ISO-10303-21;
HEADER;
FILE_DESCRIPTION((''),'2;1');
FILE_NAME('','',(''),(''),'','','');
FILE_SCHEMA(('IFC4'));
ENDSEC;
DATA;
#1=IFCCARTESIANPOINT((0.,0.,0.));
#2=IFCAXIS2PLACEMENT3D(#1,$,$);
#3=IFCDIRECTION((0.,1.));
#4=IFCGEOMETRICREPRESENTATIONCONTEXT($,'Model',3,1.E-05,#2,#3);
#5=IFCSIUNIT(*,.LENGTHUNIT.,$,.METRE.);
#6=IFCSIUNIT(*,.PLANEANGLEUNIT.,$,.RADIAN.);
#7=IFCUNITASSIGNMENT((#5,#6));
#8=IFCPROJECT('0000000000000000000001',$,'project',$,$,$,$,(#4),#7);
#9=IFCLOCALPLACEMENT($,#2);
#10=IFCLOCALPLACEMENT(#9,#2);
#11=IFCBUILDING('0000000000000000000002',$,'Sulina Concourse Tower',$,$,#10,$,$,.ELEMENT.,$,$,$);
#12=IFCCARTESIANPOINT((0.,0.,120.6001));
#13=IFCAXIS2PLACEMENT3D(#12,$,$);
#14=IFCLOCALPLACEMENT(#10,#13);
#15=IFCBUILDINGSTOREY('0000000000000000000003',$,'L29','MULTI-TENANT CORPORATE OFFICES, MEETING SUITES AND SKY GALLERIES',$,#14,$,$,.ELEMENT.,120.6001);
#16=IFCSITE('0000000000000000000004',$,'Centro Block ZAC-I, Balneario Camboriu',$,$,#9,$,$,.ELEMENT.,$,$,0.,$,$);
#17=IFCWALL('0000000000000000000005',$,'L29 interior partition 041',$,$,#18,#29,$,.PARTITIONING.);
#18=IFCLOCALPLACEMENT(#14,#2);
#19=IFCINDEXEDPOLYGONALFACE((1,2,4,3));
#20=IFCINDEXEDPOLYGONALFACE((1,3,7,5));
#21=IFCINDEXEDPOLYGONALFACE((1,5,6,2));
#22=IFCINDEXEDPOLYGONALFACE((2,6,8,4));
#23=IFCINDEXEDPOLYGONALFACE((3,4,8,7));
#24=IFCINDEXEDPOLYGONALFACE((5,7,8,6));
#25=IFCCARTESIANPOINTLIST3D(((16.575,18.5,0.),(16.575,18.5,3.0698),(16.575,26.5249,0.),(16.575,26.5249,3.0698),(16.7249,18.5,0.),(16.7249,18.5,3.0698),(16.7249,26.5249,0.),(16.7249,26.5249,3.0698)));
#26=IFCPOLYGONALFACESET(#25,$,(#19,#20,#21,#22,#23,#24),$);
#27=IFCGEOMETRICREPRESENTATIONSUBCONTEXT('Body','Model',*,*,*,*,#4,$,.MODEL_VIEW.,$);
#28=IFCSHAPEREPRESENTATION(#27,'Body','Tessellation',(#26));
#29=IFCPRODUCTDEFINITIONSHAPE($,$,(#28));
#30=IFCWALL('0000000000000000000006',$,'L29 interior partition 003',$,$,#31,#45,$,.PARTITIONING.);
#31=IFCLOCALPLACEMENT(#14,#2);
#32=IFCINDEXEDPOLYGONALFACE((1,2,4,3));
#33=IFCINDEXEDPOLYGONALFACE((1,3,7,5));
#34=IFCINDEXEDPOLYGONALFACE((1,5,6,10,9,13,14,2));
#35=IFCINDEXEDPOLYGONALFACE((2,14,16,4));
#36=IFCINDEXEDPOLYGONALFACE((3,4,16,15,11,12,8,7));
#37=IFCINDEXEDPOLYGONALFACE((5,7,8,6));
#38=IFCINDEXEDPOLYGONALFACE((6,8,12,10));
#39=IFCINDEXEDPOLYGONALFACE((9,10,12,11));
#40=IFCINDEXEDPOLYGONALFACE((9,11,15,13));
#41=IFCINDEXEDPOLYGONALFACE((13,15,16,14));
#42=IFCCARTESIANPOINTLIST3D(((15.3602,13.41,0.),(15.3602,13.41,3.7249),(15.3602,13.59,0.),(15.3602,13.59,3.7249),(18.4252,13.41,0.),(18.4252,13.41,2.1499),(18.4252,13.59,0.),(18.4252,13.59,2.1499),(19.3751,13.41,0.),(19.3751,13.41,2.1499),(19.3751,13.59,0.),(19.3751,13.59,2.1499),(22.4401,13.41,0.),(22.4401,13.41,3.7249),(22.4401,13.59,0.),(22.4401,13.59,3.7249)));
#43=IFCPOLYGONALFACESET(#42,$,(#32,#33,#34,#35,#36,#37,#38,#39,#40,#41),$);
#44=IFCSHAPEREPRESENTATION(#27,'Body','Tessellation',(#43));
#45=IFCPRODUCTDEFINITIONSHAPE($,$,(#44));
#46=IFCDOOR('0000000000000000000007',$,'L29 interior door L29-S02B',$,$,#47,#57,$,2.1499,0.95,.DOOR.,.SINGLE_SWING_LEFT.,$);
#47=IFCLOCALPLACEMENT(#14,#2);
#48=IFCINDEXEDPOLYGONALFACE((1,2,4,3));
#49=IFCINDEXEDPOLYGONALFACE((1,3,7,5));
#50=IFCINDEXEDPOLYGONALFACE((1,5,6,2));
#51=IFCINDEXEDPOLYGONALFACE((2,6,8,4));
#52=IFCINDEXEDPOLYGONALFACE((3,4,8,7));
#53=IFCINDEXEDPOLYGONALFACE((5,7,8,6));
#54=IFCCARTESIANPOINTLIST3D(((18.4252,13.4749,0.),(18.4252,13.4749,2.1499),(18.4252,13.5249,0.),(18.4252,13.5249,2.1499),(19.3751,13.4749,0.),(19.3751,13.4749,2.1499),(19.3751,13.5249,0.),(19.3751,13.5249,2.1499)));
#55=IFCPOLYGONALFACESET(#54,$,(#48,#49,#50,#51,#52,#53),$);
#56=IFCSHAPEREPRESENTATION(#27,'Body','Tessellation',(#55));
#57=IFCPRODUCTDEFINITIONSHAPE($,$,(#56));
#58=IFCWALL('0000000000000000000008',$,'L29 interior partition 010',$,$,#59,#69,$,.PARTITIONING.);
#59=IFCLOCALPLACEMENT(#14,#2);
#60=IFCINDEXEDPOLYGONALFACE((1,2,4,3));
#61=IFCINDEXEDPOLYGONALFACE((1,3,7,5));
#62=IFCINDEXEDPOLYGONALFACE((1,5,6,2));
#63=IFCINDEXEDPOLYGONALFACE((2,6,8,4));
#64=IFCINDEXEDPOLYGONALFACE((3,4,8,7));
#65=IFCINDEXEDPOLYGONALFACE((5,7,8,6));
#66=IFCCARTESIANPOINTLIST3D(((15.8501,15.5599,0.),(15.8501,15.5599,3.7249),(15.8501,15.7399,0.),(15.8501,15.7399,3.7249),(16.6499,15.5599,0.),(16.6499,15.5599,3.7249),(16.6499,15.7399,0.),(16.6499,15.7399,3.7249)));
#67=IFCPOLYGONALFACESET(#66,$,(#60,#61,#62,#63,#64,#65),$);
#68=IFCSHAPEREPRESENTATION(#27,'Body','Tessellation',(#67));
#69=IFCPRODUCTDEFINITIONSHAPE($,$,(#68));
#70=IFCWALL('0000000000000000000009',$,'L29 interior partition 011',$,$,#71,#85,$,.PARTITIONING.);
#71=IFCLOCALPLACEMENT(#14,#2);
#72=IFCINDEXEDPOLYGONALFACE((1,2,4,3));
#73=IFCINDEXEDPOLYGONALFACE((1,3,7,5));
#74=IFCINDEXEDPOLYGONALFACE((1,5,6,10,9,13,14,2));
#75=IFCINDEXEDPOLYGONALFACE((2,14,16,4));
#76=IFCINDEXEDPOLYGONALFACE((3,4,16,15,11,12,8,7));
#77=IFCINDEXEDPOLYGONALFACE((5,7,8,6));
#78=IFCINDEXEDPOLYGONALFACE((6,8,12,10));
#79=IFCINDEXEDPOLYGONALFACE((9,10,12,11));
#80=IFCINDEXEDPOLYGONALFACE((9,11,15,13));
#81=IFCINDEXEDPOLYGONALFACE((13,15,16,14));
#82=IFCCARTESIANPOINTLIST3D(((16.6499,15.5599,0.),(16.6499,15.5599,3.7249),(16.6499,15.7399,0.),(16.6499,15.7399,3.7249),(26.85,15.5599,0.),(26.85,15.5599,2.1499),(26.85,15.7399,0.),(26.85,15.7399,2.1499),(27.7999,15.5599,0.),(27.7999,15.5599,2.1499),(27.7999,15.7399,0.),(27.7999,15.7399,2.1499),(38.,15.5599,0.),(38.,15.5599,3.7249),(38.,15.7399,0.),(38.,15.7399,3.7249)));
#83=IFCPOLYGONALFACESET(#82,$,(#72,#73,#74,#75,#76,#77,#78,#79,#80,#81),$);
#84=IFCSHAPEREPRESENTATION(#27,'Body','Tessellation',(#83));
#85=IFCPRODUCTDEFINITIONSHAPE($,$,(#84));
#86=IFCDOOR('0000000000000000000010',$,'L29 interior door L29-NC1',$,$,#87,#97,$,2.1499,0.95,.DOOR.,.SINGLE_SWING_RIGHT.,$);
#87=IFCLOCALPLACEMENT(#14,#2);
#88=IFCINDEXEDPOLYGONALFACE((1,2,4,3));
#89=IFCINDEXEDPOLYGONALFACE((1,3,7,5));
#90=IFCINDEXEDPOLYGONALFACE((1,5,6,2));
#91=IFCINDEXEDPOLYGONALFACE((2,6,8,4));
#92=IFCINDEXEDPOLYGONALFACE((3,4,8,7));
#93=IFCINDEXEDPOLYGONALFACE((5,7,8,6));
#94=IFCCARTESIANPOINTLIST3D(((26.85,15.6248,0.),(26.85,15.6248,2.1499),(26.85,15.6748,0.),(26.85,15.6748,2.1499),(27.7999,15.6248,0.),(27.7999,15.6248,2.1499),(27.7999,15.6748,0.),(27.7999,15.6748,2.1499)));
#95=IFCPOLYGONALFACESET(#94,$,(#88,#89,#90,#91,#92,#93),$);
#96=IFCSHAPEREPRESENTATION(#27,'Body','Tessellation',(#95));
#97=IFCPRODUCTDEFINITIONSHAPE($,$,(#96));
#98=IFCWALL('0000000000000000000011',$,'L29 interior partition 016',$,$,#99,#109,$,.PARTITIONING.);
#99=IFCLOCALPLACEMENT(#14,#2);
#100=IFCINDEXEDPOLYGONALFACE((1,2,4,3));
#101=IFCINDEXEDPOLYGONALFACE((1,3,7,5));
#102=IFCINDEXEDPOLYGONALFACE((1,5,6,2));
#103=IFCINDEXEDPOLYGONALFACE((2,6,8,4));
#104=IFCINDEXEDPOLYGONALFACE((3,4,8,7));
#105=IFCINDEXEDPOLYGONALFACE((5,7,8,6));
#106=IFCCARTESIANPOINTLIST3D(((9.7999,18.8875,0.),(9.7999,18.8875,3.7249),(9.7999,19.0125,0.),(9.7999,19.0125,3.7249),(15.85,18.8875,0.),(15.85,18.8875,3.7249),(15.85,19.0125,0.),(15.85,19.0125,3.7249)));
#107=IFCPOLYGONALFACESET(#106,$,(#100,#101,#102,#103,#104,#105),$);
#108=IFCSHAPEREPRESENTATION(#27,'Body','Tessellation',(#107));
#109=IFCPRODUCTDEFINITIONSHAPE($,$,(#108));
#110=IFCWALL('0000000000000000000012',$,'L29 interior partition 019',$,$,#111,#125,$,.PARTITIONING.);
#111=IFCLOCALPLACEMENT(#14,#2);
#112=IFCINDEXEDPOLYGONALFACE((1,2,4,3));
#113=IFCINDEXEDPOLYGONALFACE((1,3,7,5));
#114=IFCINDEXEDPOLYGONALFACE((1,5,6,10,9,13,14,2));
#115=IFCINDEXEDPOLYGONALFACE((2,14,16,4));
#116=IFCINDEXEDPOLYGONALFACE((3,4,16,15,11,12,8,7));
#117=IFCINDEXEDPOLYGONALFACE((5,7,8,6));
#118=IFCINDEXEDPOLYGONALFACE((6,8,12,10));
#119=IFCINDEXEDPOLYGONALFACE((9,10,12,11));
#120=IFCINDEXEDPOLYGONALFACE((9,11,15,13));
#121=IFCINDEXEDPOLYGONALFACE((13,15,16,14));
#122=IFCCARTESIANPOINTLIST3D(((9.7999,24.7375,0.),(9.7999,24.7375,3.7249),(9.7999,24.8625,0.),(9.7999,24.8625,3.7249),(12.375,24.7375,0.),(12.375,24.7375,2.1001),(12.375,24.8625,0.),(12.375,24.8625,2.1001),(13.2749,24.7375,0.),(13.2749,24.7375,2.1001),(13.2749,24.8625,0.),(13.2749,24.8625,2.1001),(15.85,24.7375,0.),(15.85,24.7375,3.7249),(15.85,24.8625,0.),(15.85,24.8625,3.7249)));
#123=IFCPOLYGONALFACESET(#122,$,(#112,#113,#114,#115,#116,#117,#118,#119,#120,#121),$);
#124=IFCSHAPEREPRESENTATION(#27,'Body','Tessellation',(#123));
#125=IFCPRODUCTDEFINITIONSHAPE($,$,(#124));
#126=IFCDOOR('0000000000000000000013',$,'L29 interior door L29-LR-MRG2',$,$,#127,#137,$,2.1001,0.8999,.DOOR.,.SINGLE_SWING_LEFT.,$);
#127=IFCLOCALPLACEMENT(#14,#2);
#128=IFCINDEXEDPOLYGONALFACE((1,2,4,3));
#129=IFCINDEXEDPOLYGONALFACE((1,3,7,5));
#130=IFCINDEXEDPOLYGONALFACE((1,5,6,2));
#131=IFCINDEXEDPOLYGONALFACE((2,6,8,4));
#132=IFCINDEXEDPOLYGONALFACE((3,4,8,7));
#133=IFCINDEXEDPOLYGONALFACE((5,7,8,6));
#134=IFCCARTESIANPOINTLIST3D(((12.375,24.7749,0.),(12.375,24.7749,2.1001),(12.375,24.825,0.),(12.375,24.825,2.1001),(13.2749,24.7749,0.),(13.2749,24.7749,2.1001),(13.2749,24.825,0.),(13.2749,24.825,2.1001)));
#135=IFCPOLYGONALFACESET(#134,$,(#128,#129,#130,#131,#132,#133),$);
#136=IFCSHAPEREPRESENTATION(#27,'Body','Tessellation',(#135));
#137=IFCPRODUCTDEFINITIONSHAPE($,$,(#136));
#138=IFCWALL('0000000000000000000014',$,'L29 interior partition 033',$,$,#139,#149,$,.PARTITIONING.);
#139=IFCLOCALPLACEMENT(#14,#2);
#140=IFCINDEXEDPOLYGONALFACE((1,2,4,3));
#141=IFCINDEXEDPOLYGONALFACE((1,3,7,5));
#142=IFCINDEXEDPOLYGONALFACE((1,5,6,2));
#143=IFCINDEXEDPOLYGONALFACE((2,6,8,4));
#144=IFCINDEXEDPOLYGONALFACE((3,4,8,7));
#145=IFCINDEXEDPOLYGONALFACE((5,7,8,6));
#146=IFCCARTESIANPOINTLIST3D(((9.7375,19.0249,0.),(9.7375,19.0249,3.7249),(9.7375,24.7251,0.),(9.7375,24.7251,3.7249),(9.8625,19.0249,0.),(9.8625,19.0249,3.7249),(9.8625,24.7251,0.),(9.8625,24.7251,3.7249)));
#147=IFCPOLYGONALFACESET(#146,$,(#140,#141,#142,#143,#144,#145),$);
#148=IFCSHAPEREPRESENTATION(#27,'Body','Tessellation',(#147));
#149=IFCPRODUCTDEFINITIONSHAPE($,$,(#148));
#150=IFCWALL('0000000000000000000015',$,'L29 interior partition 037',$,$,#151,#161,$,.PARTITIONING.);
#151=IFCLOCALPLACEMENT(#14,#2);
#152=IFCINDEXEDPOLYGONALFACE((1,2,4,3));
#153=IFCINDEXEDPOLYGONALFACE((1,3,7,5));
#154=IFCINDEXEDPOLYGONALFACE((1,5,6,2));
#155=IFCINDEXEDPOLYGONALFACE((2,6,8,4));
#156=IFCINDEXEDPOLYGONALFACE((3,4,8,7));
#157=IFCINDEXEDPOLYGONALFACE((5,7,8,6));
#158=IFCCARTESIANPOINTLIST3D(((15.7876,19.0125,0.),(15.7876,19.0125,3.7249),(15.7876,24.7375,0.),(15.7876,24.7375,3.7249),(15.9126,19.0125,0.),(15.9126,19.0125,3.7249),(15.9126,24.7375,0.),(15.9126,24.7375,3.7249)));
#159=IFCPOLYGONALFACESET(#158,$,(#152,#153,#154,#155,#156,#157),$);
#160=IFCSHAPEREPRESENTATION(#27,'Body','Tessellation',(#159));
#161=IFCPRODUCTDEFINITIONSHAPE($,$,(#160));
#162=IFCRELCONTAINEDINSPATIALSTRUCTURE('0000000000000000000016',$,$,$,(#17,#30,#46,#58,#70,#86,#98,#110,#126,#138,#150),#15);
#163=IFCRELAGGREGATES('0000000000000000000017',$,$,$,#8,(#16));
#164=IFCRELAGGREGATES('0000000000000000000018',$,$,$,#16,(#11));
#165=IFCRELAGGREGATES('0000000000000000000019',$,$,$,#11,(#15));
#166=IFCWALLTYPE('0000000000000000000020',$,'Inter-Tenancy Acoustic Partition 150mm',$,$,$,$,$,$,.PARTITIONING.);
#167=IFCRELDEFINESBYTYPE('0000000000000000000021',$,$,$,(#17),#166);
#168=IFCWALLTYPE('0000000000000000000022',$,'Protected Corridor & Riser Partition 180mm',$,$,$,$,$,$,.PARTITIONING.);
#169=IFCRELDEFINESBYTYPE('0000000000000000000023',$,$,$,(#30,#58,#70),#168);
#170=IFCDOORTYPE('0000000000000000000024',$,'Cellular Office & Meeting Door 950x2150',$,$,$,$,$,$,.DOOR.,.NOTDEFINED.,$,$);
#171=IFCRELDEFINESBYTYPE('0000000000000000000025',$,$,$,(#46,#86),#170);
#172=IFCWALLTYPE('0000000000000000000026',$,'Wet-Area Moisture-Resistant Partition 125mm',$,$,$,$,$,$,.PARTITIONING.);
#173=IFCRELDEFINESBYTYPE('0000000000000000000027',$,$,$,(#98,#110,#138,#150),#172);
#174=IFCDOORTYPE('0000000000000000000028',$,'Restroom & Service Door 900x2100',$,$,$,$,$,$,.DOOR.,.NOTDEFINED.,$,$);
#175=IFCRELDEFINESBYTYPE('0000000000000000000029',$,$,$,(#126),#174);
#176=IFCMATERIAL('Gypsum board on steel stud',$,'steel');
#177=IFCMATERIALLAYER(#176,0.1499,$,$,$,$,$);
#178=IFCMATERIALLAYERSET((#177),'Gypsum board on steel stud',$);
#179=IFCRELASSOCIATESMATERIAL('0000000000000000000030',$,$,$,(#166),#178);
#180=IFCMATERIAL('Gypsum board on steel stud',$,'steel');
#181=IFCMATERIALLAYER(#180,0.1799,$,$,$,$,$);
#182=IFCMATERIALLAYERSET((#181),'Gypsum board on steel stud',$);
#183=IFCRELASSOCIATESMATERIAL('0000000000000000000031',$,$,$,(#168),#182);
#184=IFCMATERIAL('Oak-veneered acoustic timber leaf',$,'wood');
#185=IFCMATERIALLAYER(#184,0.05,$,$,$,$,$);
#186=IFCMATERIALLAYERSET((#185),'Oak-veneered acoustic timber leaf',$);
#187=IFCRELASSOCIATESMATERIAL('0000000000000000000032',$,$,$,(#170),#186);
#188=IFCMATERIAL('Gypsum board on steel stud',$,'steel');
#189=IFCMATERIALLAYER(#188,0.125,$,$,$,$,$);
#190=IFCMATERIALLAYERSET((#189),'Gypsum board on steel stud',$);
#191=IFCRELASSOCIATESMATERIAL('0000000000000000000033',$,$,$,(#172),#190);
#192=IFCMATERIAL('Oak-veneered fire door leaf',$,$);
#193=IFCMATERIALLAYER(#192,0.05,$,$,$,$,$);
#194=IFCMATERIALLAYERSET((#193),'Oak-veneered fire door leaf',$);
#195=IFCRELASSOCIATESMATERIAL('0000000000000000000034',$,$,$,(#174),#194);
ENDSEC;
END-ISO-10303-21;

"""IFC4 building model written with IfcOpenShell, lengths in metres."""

from ifc_helpers import new_model, si_unit, direction, frame, frame_2d, origin, place, context, subcontext, project, spatial, rectangle, extrude, material, layer, layer_set, type_object, element, fill, save


model = new_model("IFC4")

# Units and contexts
model_context = context("Model", 3, precision=1e-05, world=origin(), true_north=direction((0.0, 1.0)))
body_context = subcontext(model_context, "Body", "Model", "MODEL_VIEW")
ifc_project = project(units=[si_unit("LENGTHUNIT", "METRE"), si_unit("PLANEANGLEUNIT", "RADIAN")], contexts=[model_context])

# Site, building, storey
site_placement = place(None, origin())
site = spatial("IfcSite", under=ifc_project, at=site_placement, Name="Centro Block ZAC-I, Balneario Camboriu", CompositionType="ELEMENT", RefElevation=0.0)
building_placement = place(site_placement, origin())
building = spatial("IfcBuilding", under=site, at=building_placement, Name="Sulina Concourse Tower", CompositionType="ELEMENT")
storey_placement = place(building_placement, frame((0.0, 0.0, 120.6001)))
storey = spatial("IfcBuildingStorey", under=building, at=storey_placement, Name="L29", Description="MULTI-TENANT CORPORATE OFFICES, MEETING SUITES AND SKY GALLERIES", CompositionType="ELEMENT", Elevation=120.6001)

# Wall
ifc_material_1 = material(Name="Gypsum board on steel stud", Category="steel")
ifc_layer_1 = layer(ifc_material_1, 0.1499)
ifc_layer_set_1 = layer_set([ifc_layer_1], Name="Gypsum board on steel stud")
wall_type_1 = type_object("IfcWallType", Name="Inter-Tenancy Acoustic Partition 150mm", PredefinedType="PARTITIONING", material=ifc_layer_set_1)
wall_1_placement = place(storey_placement, frame((16.6499, 18.5, 0.0), z_axis=(0.0, 0.0, 1.0), x_axis=(0.0, 1.0, 0.0)))
element("IfcWall", 1, at=wall_1_placement, inside=storey, type_object=wall_type_1, Name="L29 interior partition 041", PredefinedType="PARTITIONING", context=body_context, shape_type="SweptSolid", body=[
    extrude(rectangle(XDim=8.0249, YDim=0.1499, at=frame_2d((4.0125, 0.0))), origin(), (0.0, 0.0, 1.0), 3.0698),
])

# Wall, opening, door
ifc_material_2 = material(Name="Gypsum board on steel stud", Category="steel")
ifc_layer_2 = layer(ifc_material_2, 0.1799)
ifc_layer_set_2 = layer_set([ifc_layer_2], Name="Gypsum board on steel stud")
wall_type_2 = type_object("IfcWallType", Name="Protected Corridor & Riser Partition 180mm", PredefinedType="PARTITIONING", material=ifc_layer_set_2)
wall_2_placement = place(storey_placement, frame((15.3601, 13.5, 0.0), z_axis=(0.0, 0.0, 1.0), x_axis=(1.0, 0.0, 0.0)))
wall_2 = element("IfcWall", 2, at=wall_2_placement, inside=storey, type_object=wall_type_2, Name="L29 interior partition 003", PredefinedType="PARTITIONING", context=body_context, shape_type="SweptSolid", body=[
    extrude(rectangle(XDim=7.0798, YDim=0.1799, at=frame_2d((3.54, 0.0))), origin(), (0.0, 0.0, 1.0), 3.7249),
])
opening_1_placement = place(wall_2_placement, frame((3.0649, 0.0, 0.0)))
opening_1 = element("IfcOpeningElement", 3, at=opening_1_placement, cuts=wall_2, PredefinedType="OPENING", context=body_context, shape_type="SweptSolid", body=[
    extrude(rectangle(XDim=0.95, YDim=2.1499, at=frame_2d((0.4751, 1.075))), frame((0.0, 0.0999, 0.0), z_axis=(0.0, -1.0, 0.0), x_axis=(1.0, 0.0, 0.0)), (0.0, 0.0, 1.0), 0.2),
])
ifc_material_3 = material(Name="Oak-veneered acoustic timber leaf", Category="wood")
ifc_layer_3 = layer(ifc_material_3, 0.05)
ifc_layer_set_3 = layer_set([ifc_layer_3], Name="Oak-veneered acoustic timber leaf")
door_type_1 = type_object("IfcDoorType", Name="Cellular Office & Meeting Door 950x2150", OperationType="NOTDEFINED", PredefinedType="DOOR", material=ifc_layer_set_3)
door_1_placement = place(opening_1_placement, origin())
door_1 = element("IfcDoor", 4, at=door_1_placement, inside=storey, type_object=door_type_1, Name="L29 interior door L29-S02B", OperationType="SINGLE_SWING_LEFT", OverallHeight=2.1499, OverallWidth=0.95, PredefinedType="DOOR", context=body_context, shape_type="SweptSolid", body=[
    extrude(rectangle(XDim=0.95, YDim=2.1499, at=frame_2d((0.4751, 1.075))), frame((0.0, 0.0249, 0.0), z_axis=(0.0, -1.0, 0.0), x_axis=(1.0, 0.0, 0.0)), (0.0, 0.0, 1.0), 0.05),
])
fill(opening_1, door_1)

# Wall
wall_3_placement = place(storey_placement, frame((15.8501, 15.6499, 0.0), z_axis=(0.0, 0.0, 1.0), x_axis=(1.0, 0.0, 0.0)))
element("IfcWall", 5, at=wall_3_placement, inside=storey, type_object=wall_type_2, Name="L29 interior partition 010", PredefinedType="PARTITIONING", context=body_context, shape_type="SweptSolid", body=[
    extrude(rectangle(XDim=0.7998, YDim=0.1799, at=frame_2d((0.3999, 0.0))), origin(), (0.0, 0.0, 1.0), 3.7249),
])

# Wall, opening, door
wall_4_placement = place(storey_placement, frame((16.6499, 15.6499, 0.0), z_axis=(0.0, 0.0, 1.0), x_axis=(1.0, 0.0, 0.0)))
wall_4 = element("IfcWall", 6, at=wall_4_placement, inside=storey, type_object=wall_type_2, Name="L29 interior partition 011", PredefinedType="PARTITIONING", context=body_context, shape_type="SweptSolid", body=[
    extrude(rectangle(XDim=21.3501, YDim=0.1799, at=frame_2d((10.675, 0.0))), origin(), (0.0, 0.0, 1.0), 3.7249),
])
opening_2_placement = place(wall_4_placement, frame((10.2, 0.0, 0.0)))
opening_2 = element("IfcOpeningElement", 7, at=opening_2_placement, cuts=wall_4, PredefinedType="OPENING", context=body_context, shape_type="SweptSolid", body=[
    extrude(rectangle(XDim=0.95, YDim=2.1499, at=frame_2d((0.4751, 1.075))), frame((0.0, 0.0999, 0.0), z_axis=(0.0, -1.0, 0.0), x_axis=(1.0, 0.0, 0.0)), (0.0, 0.0, 1.0), 0.2),
])
door_2_placement = place(opening_2_placement, origin())
door_2 = element("IfcDoor", 8, at=door_2_placement, inside=storey, type_object=door_type_1, Name="L29 interior door L29-NC1", OperationType="SINGLE_SWING_RIGHT", OverallHeight=2.1499, OverallWidth=0.95, PredefinedType="DOOR", context=body_context, shape_type="SweptSolid", body=[
    extrude(rectangle(XDim=0.95, YDim=2.1499, at=frame_2d((0.4751, 1.075))), frame((0.0, 0.0249, 0.0), z_axis=(0.0, -1.0, 0.0), x_axis=(1.0, 0.0, 0.0)), (0.0, 0.0, 1.0), 0.05),
])
fill(opening_2, door_2)

# Wall
ifc_material_4 = material(Name="Gypsum board on steel stud", Category="steel")
ifc_layer_4 = layer(ifc_material_4, 0.125)
ifc_layer_set_4 = layer_set([ifc_layer_4], Name="Gypsum board on steel stud")
wall_type_3 = type_object("IfcWallType", Name="Wet-Area Moisture-Resistant Partition 125mm", PredefinedType="PARTITIONING", material=ifc_layer_set_4)
wall_5_placement = place(storey_placement, frame((9.8, 18.95, 0.0), z_axis=(0.0, 0.0, 1.0), x_axis=(1.0, 0.0, 0.0)))
element("IfcWall", 9, at=wall_5_placement, inside=storey, type_object=wall_type_3, Name="L29 interior partition 016", PredefinedType="PARTITIONING", context=body_context, shape_type="SweptSolid", body=[
    extrude(rectangle(XDim=6.05, YDim=0.125, at=frame_2d((3.0249, 0.0))), origin(), (0.0, 0.0, 1.0), 3.7249),
])

# Wall, opening, door
wall_6_placement = place(storey_placement, frame((9.8, 24.8, 0.0), z_axis=(0.0, 0.0, 1.0), x_axis=(1.0, 0.0, 0.0)))
wall_6 = element("IfcWall", 10, at=wall_6_placement, inside=storey, type_object=wall_type_3, Name="L29 interior partition 019", PredefinedType="PARTITIONING", context=body_context, shape_type="SweptSolid", body=[
    extrude(rectangle(XDim=6.05, YDim=0.125, at=frame_2d((3.0249, 0.0))), origin(), (0.0, 0.0, 1.0), 3.7249),
])
opening_3_placement = place(wall_6_placement, frame((2.575, 0.0, 0.0)))
opening_3 = element("IfcOpeningElement", 11, at=opening_3_placement, cuts=wall_6, PredefinedType="OPENING", context=body_context, shape_type="SweptSolid", body=[
    extrude(rectangle(XDim=0.8999, YDim=2.1001, at=frame_2d((0.45, 1.05))), frame((0.0, 0.0725, 0.0), z_axis=(0.0, -1.0, 0.0), x_axis=(1.0, 0.0, 0.0)), (0.0, 0.0, 1.0), 0.145),
])
ifc_material_5 = material(Name="Oak-veneered fire door leaf")
ifc_layer_5 = layer(ifc_material_5, 0.05)
ifc_layer_set_5 = layer_set([ifc_layer_5], Name="Oak-veneered fire door leaf")
door_type_2 = type_object("IfcDoorType", Name="Restroom & Service Door 900x2100", OperationType="NOTDEFINED", PredefinedType="DOOR", material=ifc_layer_set_5)
door_3_placement = place(opening_3_placement, origin())
door_3 = element("IfcDoor", 12, at=door_3_placement, inside=storey, type_object=door_type_2, Name="L29 interior door L29-LR-MRG2", OperationType="SINGLE_SWING_LEFT", OverallHeight=2.1001, OverallWidth=0.8999, PredefinedType="DOOR", context=body_context, shape_type="SweptSolid", body=[
    extrude(rectangle(XDim=0.8999, YDim=2.1001, at=frame_2d((0.45, 1.05))), frame((0.0, 0.0249, 0.0), z_axis=(0.0, -1.0, 0.0), x_axis=(1.0, 0.0, 0.0)), (0.0, 0.0, 1.0), 0.05),
])
fill(opening_3, door_3)

# Walls
wall_7_placement = place(storey_placement, frame((9.8, 19.0249, 0.0), z_axis=(0.0, 0.0, 1.0), x_axis=(0.0, 1.0, 0.0)))
element("IfcWall", 13, at=wall_7_placement, inside=storey, type_object=wall_type_3, Name="L29 interior partition 033", PredefinedType="PARTITIONING", context=body_context, shape_type="SweptSolid", body=[
    extrude(rectangle(XDim=5.7002, YDim=0.125, at=frame_2d((2.8501, 0.0))), origin(), (0.0, 0.0, 1.0), 3.7249),
])
wall_8_placement = place(storey_placement, frame((15.8501, 19.0125, 0.0), z_axis=(0.0, 0.0, 1.0), x_axis=(0.0, 1.0, 0.0)))
element("IfcWall", 14, at=wall_8_placement, inside=storey, type_object=wall_type_3, Name="L29 interior partition 037", PredefinedType="PARTITIONING", context=body_context, shape_type="SweptSolid", body=[
    extrude(rectangle(XDim=5.7251, YDim=0.125, at=frame_2d((2.8625, 0.0))), origin(), (0.0, 0.0, 1.0), 3.7249),
])

save(model, "model.ifc")
